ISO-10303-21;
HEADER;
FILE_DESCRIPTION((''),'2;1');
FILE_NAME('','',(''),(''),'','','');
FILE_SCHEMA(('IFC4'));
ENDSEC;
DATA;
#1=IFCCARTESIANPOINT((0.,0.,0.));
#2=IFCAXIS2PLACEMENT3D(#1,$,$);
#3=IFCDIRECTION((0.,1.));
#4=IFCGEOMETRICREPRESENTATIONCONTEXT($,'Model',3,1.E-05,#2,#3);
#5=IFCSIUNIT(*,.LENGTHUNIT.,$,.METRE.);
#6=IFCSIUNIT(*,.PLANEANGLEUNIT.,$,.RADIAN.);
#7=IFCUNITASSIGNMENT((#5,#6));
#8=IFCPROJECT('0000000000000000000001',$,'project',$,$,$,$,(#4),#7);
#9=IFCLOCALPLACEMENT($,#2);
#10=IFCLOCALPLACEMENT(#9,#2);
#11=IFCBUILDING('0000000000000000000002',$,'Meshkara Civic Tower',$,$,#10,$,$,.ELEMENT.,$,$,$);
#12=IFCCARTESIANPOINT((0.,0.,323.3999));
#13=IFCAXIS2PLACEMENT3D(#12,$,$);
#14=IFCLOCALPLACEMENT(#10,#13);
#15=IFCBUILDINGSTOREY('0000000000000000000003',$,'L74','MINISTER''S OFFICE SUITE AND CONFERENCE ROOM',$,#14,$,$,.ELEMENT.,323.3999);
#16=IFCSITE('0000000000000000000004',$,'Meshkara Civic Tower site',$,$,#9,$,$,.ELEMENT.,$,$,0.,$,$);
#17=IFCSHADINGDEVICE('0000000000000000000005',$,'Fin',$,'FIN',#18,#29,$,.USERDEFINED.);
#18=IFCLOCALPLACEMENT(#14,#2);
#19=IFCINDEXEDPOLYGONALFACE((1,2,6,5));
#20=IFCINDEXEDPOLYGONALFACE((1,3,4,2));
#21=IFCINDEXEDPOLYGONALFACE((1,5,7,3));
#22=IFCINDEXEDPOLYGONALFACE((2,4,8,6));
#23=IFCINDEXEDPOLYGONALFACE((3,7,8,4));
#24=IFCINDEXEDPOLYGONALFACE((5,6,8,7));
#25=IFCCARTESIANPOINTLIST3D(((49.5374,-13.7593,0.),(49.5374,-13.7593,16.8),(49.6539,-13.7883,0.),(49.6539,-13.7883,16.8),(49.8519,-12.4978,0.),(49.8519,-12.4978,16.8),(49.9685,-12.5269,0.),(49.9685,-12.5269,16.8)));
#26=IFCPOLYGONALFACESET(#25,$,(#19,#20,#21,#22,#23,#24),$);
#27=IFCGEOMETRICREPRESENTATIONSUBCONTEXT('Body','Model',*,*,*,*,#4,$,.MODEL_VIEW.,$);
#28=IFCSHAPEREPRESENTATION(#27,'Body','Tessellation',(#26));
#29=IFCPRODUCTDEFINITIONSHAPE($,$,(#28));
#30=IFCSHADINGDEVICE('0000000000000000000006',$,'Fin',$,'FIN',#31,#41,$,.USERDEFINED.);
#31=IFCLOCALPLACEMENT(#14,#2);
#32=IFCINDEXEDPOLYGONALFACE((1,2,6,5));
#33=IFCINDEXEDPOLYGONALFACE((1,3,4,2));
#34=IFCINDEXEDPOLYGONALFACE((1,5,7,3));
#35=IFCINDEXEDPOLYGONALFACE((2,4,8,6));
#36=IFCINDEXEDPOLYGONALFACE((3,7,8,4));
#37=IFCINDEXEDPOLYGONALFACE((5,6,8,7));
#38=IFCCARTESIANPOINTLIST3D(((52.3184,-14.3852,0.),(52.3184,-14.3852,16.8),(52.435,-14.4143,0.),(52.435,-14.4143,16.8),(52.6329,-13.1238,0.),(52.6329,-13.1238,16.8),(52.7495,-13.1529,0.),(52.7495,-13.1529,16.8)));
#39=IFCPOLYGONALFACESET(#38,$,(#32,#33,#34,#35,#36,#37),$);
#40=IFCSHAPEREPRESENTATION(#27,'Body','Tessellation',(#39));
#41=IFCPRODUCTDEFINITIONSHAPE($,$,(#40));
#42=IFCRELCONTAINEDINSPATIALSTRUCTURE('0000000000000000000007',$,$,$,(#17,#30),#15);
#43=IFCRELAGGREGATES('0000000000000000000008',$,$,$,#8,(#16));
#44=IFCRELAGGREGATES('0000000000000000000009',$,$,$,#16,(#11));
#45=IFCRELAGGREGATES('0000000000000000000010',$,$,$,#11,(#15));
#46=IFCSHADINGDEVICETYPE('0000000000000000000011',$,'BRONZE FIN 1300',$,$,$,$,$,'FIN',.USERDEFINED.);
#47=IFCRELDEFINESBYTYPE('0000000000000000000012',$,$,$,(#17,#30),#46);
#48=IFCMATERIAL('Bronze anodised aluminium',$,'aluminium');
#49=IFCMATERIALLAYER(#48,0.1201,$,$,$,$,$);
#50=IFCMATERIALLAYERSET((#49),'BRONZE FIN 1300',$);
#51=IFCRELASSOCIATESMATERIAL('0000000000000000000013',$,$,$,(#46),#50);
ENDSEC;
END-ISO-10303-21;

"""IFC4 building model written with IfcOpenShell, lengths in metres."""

from ifc_helpers import new_model, si_unit, direction, frame, origin, origin_2d, place, context, subcontext, project, spatial, rectangle, extrude, material, layer, layer_set, type_object, element, save


model = new_model("IFC4")

# Units and contexts
model_context = context("Model", 3, precision=1e-05, world=origin(), true_north=direction((0.0, 1.0)))
body_context = subcontext(model_context, "Body", "Model", "MODEL_VIEW")
ifc_project = project(units=[si_unit("LENGTHUNIT", "METRE"), si_unit("PLANEANGLEUNIT", "RADIAN")], contexts=[model_context])

# Site, building, storey
site_placement = place(None, origin())
site = spatial("IfcSite", under=ifc_project, at=site_placement, Name="Meshkara Civic Tower site", CompositionType="ELEMENT", RefElevation=0.0)
building_placement = place(site_placement, origin())
building = spatial("IfcBuilding", under=site, at=building_placement, Name="Meshkara Civic Tower", CompositionType="ELEMENT")
storey_placement = place(building_placement, frame((0.0, 0.0, 323.3999)))
storey = spatial("IfcBuildingStorey", under=building, at=storey_placement, Name="L74", Description="MINISTER'S OFFICE SUITE AND CONFERENCE ROOM", CompositionType="ELEMENT", Elevation=323.3999)

# Shading devices
ifc_material_1 = material(Name="Bronze anodised aluminium", Category="aluminium")
ifc_layer_1 = layer(ifc_material_1, 0.1201)
ifc_layer_set_1 = layer_set([ifc_layer_1], Name="BRONZE FIN 1300")
shading_device_type = type_object("IfcShadingDeviceType", Name="BRONZE FIN 1300", ElementType="FIN", PredefinedType="USERDEFINED", material=ifc_layer_set_1)
for number, where, z_axis, x_axis, name in (
    (1, (49.7529, -13.1431, 0.0), (0.0, 0.0, 1.0), (0.970296, -0.241922, 0.0), "Fin"),
    (2, (52.5339, -13.769, 0.0), (0.0, 0.0, 1.0), (0.970296, -0.241922, 0.0), "Fin"),
):
    element("IfcShadingDevice", number, at=place(storey_placement, frame(where, z_axis=z_axis, x_axis=x_axis)), inside=storey, type_object=shading_device_type, Name=name, ObjectType="FIN", PredefinedType="USERDEFINED", context=body_context, shape_type="SweptSolid", body=[
        extrude(rectangle(XDim=0.1201, YDim=1.3, at=origin_2d()), origin(), (0.0, 0.0, 1.0), 16.8),
    ])

save(model, "model.ifc")
